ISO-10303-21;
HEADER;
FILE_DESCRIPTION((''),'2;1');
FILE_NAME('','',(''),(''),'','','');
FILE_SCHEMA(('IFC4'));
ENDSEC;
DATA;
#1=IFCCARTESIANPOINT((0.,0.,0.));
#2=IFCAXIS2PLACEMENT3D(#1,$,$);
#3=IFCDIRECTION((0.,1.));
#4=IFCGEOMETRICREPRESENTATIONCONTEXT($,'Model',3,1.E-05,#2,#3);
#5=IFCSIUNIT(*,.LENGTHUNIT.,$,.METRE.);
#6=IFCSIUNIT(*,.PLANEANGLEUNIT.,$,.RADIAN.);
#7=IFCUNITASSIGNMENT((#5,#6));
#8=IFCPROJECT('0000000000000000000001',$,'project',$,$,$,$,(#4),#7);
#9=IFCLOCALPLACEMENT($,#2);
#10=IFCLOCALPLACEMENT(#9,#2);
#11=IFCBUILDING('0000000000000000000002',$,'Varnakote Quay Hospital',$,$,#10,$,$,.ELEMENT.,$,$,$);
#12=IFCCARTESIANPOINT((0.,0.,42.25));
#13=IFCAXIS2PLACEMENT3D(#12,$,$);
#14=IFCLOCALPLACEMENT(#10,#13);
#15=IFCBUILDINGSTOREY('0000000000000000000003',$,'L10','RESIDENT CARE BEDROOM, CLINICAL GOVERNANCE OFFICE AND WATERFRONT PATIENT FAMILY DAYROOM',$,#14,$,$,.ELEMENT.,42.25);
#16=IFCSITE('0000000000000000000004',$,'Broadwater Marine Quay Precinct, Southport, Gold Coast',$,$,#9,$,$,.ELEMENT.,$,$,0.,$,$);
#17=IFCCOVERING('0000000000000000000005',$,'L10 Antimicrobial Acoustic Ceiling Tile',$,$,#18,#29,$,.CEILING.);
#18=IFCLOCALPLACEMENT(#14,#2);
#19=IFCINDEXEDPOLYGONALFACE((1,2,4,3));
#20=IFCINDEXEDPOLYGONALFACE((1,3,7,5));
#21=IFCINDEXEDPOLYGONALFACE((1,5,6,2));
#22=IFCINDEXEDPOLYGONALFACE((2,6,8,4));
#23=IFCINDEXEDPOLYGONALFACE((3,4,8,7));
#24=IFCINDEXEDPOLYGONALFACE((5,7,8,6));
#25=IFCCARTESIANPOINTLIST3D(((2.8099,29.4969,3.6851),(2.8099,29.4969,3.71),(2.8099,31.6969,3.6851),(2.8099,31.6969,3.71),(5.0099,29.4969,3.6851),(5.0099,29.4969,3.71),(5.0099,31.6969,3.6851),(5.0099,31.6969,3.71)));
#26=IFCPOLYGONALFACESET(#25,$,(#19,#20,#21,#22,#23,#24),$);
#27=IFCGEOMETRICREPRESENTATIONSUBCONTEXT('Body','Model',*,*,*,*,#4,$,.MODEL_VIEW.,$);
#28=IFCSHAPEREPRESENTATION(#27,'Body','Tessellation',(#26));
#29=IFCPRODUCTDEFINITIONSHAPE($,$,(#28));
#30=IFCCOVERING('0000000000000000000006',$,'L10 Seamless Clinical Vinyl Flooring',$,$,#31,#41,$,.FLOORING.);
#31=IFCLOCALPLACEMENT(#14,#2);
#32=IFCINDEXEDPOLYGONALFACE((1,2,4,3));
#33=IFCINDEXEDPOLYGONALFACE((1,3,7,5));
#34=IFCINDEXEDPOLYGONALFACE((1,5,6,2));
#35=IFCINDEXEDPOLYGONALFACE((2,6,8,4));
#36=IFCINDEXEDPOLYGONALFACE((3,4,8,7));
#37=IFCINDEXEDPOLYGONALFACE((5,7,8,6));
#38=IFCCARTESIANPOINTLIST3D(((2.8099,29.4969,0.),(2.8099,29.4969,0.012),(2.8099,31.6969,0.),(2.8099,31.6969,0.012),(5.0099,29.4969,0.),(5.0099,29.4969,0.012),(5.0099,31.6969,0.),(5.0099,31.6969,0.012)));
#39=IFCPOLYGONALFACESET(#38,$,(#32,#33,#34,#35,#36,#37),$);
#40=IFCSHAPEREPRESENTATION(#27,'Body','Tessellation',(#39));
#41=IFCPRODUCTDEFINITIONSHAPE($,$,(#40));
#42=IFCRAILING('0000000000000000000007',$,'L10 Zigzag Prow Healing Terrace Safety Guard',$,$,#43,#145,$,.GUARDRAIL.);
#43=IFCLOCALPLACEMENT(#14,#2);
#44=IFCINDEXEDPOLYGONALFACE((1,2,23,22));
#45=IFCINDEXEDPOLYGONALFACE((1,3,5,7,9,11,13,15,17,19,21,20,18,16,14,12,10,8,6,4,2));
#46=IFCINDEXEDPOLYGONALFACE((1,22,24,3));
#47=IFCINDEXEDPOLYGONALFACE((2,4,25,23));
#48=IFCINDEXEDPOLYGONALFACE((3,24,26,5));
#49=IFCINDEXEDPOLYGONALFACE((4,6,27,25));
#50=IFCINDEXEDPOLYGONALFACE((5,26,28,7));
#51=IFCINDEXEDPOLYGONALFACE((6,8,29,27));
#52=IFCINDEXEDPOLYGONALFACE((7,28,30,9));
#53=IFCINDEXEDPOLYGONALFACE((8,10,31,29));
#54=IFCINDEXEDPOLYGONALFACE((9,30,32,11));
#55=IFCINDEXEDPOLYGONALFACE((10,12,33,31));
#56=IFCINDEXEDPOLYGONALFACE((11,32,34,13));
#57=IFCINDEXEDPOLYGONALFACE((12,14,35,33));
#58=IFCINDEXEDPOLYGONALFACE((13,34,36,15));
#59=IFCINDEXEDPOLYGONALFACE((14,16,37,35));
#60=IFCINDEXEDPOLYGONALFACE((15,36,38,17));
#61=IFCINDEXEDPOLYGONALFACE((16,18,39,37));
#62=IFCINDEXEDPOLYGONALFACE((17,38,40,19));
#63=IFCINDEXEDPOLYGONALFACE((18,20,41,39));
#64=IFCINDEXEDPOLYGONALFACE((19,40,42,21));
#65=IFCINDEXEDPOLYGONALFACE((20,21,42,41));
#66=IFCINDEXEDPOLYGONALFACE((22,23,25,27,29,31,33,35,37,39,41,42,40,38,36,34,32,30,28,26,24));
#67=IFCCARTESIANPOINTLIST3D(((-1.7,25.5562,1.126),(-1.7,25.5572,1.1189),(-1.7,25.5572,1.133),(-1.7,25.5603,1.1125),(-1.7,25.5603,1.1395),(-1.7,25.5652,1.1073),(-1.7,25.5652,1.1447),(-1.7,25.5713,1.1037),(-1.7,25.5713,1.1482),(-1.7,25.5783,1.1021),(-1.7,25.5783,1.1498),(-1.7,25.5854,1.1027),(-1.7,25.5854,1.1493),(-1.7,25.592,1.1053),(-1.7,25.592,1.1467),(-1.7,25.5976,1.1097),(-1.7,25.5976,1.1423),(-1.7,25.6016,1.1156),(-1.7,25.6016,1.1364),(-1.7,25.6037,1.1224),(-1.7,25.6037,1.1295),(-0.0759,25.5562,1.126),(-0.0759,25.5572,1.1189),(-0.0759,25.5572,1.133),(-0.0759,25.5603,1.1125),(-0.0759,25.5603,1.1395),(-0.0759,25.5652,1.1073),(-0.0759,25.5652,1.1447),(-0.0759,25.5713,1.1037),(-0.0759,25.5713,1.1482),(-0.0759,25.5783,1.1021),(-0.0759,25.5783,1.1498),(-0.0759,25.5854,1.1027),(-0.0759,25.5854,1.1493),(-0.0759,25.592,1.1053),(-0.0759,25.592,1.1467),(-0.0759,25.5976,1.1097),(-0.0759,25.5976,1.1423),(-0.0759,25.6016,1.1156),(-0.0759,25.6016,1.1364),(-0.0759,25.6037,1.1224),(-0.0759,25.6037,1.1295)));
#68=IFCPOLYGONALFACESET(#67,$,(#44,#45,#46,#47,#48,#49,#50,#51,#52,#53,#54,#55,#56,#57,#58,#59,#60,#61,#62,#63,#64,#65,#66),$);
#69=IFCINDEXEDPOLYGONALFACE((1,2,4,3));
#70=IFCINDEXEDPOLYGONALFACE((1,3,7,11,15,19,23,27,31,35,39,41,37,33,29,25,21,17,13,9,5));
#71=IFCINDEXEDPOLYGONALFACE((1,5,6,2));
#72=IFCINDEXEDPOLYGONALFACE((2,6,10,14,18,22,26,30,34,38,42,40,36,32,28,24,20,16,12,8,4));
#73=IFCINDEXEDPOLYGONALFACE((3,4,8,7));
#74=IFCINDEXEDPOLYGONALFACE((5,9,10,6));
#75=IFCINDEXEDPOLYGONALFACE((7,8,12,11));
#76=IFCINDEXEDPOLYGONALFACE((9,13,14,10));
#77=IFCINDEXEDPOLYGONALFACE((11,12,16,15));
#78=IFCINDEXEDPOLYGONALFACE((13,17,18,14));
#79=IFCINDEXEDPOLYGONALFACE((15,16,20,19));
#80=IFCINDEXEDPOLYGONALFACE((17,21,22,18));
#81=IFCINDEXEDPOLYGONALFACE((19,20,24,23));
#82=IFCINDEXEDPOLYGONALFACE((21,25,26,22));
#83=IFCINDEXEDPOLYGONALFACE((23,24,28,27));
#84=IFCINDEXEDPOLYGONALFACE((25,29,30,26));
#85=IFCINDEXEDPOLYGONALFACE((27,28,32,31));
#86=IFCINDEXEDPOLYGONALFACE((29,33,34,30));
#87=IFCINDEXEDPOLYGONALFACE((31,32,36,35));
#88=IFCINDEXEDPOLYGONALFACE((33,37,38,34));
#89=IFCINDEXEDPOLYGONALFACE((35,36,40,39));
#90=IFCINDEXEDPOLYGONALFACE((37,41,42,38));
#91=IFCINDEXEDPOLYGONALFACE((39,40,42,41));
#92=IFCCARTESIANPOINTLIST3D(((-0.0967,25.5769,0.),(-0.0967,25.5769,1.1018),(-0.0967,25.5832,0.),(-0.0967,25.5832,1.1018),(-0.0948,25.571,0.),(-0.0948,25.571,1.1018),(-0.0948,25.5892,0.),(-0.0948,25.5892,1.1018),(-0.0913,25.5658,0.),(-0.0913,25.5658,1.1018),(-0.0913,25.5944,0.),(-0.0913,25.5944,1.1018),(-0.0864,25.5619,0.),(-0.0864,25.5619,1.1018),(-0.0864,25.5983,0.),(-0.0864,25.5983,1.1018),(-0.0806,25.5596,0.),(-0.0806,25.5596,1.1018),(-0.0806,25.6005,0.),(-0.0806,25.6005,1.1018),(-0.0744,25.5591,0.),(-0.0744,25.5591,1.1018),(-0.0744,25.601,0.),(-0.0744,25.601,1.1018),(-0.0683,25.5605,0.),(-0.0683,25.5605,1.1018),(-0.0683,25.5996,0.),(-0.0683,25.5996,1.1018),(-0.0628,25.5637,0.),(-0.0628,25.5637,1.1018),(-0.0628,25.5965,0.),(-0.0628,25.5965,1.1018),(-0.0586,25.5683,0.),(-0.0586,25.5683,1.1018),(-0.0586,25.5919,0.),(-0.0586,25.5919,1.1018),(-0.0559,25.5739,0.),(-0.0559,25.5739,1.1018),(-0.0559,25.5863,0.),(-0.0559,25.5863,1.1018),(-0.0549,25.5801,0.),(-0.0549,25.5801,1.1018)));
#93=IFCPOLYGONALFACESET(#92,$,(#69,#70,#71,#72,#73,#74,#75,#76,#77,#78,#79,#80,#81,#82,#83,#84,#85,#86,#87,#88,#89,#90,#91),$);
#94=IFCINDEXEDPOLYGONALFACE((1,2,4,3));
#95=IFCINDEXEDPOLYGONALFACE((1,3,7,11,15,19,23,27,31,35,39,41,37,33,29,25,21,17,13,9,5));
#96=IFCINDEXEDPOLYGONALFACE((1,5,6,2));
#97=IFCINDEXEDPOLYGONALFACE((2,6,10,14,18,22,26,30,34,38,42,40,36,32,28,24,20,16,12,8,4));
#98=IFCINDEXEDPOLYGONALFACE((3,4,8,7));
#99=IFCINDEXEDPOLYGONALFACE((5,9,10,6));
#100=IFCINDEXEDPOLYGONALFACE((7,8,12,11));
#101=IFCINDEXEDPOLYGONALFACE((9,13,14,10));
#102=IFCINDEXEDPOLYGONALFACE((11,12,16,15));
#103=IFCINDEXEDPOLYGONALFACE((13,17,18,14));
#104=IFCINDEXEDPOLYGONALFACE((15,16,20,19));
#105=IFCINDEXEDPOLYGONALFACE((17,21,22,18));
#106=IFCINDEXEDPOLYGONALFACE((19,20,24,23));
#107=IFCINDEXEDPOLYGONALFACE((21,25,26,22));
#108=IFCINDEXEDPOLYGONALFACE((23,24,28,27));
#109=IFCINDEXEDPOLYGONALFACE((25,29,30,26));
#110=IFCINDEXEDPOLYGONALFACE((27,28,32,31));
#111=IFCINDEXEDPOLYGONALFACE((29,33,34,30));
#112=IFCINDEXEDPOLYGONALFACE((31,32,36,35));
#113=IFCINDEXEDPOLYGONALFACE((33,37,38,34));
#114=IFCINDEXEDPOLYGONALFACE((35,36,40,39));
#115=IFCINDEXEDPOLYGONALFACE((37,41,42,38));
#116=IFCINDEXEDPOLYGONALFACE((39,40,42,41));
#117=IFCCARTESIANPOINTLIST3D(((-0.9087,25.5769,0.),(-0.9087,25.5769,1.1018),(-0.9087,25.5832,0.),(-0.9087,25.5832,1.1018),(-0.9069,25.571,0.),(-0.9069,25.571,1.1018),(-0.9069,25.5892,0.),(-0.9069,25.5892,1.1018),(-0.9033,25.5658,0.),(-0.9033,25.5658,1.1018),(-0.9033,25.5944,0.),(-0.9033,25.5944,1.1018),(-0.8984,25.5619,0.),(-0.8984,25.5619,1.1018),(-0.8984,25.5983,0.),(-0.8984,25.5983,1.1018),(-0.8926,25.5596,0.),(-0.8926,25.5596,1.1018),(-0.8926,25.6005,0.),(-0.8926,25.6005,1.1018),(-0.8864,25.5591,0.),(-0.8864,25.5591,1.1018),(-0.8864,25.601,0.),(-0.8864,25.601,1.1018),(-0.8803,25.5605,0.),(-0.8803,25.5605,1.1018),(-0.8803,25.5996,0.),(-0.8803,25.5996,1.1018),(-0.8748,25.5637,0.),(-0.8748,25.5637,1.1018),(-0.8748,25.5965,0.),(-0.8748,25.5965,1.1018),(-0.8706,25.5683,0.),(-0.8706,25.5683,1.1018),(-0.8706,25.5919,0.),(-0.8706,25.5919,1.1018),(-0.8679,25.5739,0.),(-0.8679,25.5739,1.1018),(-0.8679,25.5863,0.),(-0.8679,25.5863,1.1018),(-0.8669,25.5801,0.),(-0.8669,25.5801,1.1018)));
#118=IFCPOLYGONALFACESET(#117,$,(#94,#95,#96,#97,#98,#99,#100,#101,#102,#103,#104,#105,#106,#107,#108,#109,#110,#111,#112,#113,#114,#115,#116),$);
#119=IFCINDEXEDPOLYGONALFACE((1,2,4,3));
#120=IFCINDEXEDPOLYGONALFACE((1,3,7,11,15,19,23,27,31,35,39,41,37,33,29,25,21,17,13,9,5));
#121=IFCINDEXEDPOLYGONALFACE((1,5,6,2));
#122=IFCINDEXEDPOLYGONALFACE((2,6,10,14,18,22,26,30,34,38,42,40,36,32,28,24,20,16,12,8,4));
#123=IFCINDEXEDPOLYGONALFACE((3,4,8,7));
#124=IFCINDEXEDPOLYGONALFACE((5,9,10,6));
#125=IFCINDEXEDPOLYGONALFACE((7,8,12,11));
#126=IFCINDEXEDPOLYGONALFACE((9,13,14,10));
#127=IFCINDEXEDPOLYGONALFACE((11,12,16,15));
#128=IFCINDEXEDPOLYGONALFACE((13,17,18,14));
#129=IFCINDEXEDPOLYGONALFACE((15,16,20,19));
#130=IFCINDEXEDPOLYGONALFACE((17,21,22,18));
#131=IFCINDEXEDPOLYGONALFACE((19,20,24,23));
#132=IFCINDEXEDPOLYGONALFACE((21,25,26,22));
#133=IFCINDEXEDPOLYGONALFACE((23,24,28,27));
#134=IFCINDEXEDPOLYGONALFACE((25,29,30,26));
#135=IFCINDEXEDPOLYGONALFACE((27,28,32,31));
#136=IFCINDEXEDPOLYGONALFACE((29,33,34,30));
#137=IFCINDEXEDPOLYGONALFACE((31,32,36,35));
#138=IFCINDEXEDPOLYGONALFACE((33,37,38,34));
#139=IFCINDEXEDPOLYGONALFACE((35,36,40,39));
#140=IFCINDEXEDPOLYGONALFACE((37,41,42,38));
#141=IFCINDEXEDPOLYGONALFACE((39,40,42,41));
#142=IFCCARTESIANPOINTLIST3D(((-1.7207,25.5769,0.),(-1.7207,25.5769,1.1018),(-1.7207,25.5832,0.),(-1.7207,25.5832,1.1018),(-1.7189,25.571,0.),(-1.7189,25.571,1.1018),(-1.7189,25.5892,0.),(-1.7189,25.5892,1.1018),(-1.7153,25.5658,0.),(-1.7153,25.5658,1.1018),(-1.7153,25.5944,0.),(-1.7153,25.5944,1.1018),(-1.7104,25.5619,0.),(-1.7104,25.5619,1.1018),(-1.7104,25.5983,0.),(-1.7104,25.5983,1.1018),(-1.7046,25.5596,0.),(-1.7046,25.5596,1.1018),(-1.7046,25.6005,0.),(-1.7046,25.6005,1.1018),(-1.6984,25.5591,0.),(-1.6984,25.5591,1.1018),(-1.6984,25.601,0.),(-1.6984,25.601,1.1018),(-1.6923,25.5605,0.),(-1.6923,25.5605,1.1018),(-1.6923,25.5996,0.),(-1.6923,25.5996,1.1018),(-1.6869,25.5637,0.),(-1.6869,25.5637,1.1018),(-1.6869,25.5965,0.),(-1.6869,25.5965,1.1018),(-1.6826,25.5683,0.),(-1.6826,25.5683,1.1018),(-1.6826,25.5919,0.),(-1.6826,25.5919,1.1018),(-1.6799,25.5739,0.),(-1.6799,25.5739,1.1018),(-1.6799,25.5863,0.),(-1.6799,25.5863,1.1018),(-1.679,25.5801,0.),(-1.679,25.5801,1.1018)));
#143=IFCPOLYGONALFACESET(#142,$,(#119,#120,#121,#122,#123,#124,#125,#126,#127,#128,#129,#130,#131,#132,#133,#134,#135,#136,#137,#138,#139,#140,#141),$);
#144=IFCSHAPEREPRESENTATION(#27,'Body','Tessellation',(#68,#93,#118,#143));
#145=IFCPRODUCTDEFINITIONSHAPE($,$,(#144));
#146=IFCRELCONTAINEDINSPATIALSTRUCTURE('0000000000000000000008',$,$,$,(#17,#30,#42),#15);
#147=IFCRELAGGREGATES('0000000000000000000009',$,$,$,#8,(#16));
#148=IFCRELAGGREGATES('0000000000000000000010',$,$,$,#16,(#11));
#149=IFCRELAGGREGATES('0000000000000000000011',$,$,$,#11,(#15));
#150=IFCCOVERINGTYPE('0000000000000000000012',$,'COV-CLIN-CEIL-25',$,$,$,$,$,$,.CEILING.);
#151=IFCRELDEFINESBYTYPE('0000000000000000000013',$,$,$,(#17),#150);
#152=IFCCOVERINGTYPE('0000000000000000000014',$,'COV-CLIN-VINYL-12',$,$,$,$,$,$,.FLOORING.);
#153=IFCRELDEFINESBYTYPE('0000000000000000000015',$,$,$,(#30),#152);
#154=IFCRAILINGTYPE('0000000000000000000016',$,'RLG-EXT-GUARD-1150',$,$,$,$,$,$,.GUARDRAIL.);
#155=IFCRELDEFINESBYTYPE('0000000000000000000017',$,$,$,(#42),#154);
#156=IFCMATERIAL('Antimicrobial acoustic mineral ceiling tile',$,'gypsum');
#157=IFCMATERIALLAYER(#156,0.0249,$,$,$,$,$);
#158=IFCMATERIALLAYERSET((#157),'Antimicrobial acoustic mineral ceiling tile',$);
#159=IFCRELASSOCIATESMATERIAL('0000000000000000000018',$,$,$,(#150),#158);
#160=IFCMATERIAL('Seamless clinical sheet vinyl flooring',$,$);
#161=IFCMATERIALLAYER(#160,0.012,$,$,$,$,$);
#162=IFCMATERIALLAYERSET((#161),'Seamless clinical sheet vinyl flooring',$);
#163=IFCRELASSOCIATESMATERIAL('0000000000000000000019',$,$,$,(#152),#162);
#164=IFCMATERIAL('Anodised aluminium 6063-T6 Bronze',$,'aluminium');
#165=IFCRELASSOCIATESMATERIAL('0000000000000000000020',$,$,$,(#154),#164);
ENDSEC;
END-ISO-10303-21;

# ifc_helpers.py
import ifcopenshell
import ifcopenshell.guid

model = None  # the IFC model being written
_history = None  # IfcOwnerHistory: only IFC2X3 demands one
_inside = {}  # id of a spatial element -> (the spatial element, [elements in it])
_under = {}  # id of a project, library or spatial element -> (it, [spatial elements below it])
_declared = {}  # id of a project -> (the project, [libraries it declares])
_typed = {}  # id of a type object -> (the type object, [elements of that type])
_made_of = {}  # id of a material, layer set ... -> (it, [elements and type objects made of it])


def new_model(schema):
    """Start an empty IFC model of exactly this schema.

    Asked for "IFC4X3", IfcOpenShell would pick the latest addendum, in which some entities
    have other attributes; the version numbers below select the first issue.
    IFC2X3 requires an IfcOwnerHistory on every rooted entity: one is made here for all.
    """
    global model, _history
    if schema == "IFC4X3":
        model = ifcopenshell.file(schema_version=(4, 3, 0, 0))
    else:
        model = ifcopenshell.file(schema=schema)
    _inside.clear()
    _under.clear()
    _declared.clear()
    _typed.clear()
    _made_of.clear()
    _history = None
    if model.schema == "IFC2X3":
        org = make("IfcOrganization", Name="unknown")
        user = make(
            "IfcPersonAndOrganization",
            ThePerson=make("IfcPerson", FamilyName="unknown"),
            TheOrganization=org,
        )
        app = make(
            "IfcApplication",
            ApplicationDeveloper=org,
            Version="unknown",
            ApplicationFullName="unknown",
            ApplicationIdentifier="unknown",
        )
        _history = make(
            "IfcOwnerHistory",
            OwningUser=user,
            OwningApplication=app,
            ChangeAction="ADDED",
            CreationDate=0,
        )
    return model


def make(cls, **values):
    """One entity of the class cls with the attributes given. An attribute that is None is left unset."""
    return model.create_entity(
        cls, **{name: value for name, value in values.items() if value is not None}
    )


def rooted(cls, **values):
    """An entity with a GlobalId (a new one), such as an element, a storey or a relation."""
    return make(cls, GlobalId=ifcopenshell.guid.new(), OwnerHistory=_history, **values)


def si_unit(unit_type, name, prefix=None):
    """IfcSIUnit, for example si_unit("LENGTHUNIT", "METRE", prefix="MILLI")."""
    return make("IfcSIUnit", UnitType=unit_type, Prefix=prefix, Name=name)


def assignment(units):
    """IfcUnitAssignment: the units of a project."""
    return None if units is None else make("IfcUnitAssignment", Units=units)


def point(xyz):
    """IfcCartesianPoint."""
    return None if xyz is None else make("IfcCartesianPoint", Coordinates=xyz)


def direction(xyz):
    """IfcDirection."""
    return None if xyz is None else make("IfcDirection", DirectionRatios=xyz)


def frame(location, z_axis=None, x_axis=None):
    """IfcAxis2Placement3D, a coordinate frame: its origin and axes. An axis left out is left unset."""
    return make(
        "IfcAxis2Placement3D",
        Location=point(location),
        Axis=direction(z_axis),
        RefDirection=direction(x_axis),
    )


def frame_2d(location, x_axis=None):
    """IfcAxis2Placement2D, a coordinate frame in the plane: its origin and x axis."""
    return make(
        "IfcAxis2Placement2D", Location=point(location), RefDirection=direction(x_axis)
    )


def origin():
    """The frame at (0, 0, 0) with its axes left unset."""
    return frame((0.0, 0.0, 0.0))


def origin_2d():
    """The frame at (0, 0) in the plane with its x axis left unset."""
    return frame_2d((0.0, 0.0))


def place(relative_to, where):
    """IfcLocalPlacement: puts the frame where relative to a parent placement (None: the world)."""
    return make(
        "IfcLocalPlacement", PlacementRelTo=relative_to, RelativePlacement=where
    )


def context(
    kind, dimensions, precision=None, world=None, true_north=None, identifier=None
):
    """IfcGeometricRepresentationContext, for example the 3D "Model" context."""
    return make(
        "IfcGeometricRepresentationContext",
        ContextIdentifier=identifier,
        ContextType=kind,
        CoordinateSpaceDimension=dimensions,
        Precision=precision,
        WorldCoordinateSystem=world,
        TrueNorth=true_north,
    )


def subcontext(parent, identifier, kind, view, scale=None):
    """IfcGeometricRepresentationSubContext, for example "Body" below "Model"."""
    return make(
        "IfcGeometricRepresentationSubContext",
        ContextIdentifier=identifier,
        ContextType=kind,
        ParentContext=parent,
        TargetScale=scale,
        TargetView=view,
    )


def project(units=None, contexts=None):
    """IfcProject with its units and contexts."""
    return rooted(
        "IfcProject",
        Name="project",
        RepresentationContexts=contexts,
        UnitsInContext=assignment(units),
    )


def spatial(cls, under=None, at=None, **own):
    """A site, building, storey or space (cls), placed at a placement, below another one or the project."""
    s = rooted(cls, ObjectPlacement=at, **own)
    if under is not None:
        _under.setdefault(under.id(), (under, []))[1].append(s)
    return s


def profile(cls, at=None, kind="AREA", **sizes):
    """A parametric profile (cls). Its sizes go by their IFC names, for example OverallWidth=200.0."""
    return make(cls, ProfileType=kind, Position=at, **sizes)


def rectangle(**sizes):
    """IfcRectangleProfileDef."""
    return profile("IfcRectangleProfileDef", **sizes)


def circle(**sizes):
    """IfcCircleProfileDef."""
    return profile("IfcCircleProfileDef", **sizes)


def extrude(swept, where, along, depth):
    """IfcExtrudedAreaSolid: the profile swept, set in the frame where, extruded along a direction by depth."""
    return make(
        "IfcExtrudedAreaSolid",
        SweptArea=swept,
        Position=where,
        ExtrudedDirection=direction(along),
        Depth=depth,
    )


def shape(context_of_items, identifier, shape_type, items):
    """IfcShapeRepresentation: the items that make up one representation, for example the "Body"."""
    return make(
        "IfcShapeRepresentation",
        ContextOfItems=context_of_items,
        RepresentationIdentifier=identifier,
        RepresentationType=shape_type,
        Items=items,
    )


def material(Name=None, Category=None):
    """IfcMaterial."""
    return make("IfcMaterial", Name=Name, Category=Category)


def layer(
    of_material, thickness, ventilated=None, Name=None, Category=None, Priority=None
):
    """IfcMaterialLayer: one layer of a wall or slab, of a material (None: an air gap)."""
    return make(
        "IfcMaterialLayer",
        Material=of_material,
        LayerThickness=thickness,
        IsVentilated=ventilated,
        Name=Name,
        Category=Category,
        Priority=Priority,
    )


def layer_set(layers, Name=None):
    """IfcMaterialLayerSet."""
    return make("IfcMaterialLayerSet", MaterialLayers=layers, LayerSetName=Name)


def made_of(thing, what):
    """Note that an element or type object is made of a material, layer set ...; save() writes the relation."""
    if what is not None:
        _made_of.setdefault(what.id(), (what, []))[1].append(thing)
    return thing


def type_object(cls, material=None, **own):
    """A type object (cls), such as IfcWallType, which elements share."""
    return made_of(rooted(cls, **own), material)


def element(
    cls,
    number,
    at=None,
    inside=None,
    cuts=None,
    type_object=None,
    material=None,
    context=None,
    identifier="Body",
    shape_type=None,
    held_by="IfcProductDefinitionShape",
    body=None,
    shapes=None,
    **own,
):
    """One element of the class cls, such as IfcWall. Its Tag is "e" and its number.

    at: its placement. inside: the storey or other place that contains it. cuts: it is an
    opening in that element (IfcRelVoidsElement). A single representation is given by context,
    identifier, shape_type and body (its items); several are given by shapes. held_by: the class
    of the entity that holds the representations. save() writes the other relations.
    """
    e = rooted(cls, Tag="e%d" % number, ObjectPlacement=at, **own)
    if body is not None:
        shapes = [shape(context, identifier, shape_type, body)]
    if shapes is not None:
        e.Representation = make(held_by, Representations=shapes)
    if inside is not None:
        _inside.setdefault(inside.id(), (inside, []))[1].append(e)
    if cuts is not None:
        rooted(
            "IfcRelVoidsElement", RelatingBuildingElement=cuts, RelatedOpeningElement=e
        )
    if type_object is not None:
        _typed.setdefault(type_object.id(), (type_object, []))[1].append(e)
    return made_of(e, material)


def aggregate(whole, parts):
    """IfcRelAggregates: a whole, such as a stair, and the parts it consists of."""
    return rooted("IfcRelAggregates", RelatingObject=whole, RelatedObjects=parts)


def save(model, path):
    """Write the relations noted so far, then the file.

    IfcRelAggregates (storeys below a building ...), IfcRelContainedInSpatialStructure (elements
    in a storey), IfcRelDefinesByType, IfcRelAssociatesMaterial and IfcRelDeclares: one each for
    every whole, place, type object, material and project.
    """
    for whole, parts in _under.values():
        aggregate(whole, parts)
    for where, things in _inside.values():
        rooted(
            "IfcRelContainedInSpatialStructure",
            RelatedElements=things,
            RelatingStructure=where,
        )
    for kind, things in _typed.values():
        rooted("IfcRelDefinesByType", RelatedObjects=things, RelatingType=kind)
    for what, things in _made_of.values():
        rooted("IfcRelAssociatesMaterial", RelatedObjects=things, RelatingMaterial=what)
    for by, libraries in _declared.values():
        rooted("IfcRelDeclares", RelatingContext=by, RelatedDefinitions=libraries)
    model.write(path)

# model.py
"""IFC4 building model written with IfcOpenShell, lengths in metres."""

from ifc_helpers import new_model, si_unit, direction, frame, origin, origin_2d, place, context, subcontext, project, spatial, rectangle, circle, extrude, material, layer, layer_set, type_object, element, save


model = new_model("IFC4")

# Units and contexts
model_context = context("Model", 3, precision=1e-05, world=origin(), true_north=direction((0.0, 1.0)))
body_context = subcontext(model_context, "Body", "Model", "MODEL_VIEW")
ifc_project = project(units=[si_unit("LENGTHUNIT", "METRE"), si_unit("PLANEANGLEUNIT", "RADIAN")], contexts=[model_context])

# Site, building, storey
site_placement = place(None, origin())
site = spatial("IfcSite", under=ifc_project, at=site_placement, Name="Broadwater Marine Quay Precinct, Southport, Gold Coast", CompositionType="ELEMENT", RefElevation=0.0)
building_placement = place(site_placement, origin())
building = spatial("IfcBuilding", under=site, at=building_placement, Name="Varnakote Quay Hospital", CompositionType="ELEMENT")
storey_placement = place(building_placement, frame((0.0, 0.0, 42.25)))
storey = spatial("IfcBuildingStorey", under=building, at=storey_placement, Name="L10", Description="RESIDENT CARE BEDROOM, CLINICAL GOVERNANCE OFFICE AND WATERFRONT PATIENT FAMILY DAYROOM", CompositionType="ELEMENT", Elevation=42.25)

# Coverings
ifc_material_1 = material(Name="Antimicrobial acoustic mineral ceiling tile", Category="gypsum")
ifc_layer_1 = layer(ifc_material_1, 0.0249)
ifc_layer_set_1 = layer_set([ifc_layer_1], Name="Antimicrobial acoustic mineral ceiling tile")
covering_type_1 = type_object("IfcCoveringType", Name="COV-CLIN-CEIL-25", PredefinedType="CEILING", material=ifc_layer_set_1)
covering_1_placement = place(storey_placement, frame((3.9099, 30.5969, 3.6851), z_axis=(0.0, 0.0, 1.0), x_axis=(1.0, 0.0, 0.0)))
element("IfcCovering", 1, at=covering_1_placement, inside=storey, type_object=covering_type_1, Name="L10 Antimicrobial Acoustic Ceiling Tile", PredefinedType="CEILING", context=body_context, shape_type="SweptSolid", body=[
    extrude(rectangle(XDim=2.2, YDim=2.2, at=origin_2d()), origin(), (0.0, 0.0, 1.0), 0.0249),
])
ifc_material_2 = material(Name="Seamless clinical sheet vinyl flooring")
ifc_layer_2 = layer(ifc_material_2, 0.012)
ifc_layer_set_2 = layer_set([ifc_layer_2], Name="Seamless clinical sheet vinyl flooring")
covering_type_2 = type_object("IfcCoveringType", Name="COV-CLIN-VINYL-12", PredefinedType="FLOORING", material=ifc_layer_set_2)
covering_2_placement = place(storey_placement, frame((3.9099, 30.5969, 0.0), z_axis=(0.0, 0.0, 1.0), x_axis=(1.0, 0.0, 0.0)))
element("IfcCovering", 2, at=covering_2_placement, inside=storey, type_object=covering_type_2, Name="L10 Seamless Clinical Vinyl Flooring", PredefinedType="FLOORING", context=body_context, shape_type="SweptSolid", body=[
    extrude(rectangle(XDim=2.2, YDim=2.2, at=origin_2d()), origin(), (0.0, 0.0, 1.0), 0.012),
])

# Railing
ifc_material_3 = material(Name="Anodised aluminium 6063-T6 Bronze", Category="aluminium")
railing_type = type_object("IfcRailingType", Name="RLG-EXT-GUARD-1150", PredefinedType="GUARDRAIL", material=ifc_material_3)
railing_1_placement = place(storey_placement, frame((-0.0759, 25.5801, 0.0)))
element("IfcRailing", 3, at=railing_1_placement, inside=storey, type_object=railing_type, Name="L10 Zigzag Prow Healing Terrace Safety Guard", PredefinedType="GUARDRAIL", context=body_context, shape_type="SweptSolid", body=[
    extrude(circle(Radius=0.0239, at=origin_2d()), frame((0.0, 0.0, 1.126), z_axis=(-1.0, 0.0, 0.0), x_axis=(0.0, -1.0, 0.0)), (0.0, 0.0, 1.0), 1.624),
    extrude(circle(Radius=0.021, at=origin_2d()), origin(), (0.0, 0.0, 1.0), 1.1018),
    extrude(circle(Radius=0.021, at=origin_2d()), frame((-0.812, 0.0, 0.0)), (0.0, 0.0, 1.0), 1.1018),
    extrude(circle(Radius=0.021, at=origin_2d()), frame((-1.624, 0.0, 0.0)), (0.0, 0.0, 1.0), 1.1018),
])

save(model, "model.ifc")
